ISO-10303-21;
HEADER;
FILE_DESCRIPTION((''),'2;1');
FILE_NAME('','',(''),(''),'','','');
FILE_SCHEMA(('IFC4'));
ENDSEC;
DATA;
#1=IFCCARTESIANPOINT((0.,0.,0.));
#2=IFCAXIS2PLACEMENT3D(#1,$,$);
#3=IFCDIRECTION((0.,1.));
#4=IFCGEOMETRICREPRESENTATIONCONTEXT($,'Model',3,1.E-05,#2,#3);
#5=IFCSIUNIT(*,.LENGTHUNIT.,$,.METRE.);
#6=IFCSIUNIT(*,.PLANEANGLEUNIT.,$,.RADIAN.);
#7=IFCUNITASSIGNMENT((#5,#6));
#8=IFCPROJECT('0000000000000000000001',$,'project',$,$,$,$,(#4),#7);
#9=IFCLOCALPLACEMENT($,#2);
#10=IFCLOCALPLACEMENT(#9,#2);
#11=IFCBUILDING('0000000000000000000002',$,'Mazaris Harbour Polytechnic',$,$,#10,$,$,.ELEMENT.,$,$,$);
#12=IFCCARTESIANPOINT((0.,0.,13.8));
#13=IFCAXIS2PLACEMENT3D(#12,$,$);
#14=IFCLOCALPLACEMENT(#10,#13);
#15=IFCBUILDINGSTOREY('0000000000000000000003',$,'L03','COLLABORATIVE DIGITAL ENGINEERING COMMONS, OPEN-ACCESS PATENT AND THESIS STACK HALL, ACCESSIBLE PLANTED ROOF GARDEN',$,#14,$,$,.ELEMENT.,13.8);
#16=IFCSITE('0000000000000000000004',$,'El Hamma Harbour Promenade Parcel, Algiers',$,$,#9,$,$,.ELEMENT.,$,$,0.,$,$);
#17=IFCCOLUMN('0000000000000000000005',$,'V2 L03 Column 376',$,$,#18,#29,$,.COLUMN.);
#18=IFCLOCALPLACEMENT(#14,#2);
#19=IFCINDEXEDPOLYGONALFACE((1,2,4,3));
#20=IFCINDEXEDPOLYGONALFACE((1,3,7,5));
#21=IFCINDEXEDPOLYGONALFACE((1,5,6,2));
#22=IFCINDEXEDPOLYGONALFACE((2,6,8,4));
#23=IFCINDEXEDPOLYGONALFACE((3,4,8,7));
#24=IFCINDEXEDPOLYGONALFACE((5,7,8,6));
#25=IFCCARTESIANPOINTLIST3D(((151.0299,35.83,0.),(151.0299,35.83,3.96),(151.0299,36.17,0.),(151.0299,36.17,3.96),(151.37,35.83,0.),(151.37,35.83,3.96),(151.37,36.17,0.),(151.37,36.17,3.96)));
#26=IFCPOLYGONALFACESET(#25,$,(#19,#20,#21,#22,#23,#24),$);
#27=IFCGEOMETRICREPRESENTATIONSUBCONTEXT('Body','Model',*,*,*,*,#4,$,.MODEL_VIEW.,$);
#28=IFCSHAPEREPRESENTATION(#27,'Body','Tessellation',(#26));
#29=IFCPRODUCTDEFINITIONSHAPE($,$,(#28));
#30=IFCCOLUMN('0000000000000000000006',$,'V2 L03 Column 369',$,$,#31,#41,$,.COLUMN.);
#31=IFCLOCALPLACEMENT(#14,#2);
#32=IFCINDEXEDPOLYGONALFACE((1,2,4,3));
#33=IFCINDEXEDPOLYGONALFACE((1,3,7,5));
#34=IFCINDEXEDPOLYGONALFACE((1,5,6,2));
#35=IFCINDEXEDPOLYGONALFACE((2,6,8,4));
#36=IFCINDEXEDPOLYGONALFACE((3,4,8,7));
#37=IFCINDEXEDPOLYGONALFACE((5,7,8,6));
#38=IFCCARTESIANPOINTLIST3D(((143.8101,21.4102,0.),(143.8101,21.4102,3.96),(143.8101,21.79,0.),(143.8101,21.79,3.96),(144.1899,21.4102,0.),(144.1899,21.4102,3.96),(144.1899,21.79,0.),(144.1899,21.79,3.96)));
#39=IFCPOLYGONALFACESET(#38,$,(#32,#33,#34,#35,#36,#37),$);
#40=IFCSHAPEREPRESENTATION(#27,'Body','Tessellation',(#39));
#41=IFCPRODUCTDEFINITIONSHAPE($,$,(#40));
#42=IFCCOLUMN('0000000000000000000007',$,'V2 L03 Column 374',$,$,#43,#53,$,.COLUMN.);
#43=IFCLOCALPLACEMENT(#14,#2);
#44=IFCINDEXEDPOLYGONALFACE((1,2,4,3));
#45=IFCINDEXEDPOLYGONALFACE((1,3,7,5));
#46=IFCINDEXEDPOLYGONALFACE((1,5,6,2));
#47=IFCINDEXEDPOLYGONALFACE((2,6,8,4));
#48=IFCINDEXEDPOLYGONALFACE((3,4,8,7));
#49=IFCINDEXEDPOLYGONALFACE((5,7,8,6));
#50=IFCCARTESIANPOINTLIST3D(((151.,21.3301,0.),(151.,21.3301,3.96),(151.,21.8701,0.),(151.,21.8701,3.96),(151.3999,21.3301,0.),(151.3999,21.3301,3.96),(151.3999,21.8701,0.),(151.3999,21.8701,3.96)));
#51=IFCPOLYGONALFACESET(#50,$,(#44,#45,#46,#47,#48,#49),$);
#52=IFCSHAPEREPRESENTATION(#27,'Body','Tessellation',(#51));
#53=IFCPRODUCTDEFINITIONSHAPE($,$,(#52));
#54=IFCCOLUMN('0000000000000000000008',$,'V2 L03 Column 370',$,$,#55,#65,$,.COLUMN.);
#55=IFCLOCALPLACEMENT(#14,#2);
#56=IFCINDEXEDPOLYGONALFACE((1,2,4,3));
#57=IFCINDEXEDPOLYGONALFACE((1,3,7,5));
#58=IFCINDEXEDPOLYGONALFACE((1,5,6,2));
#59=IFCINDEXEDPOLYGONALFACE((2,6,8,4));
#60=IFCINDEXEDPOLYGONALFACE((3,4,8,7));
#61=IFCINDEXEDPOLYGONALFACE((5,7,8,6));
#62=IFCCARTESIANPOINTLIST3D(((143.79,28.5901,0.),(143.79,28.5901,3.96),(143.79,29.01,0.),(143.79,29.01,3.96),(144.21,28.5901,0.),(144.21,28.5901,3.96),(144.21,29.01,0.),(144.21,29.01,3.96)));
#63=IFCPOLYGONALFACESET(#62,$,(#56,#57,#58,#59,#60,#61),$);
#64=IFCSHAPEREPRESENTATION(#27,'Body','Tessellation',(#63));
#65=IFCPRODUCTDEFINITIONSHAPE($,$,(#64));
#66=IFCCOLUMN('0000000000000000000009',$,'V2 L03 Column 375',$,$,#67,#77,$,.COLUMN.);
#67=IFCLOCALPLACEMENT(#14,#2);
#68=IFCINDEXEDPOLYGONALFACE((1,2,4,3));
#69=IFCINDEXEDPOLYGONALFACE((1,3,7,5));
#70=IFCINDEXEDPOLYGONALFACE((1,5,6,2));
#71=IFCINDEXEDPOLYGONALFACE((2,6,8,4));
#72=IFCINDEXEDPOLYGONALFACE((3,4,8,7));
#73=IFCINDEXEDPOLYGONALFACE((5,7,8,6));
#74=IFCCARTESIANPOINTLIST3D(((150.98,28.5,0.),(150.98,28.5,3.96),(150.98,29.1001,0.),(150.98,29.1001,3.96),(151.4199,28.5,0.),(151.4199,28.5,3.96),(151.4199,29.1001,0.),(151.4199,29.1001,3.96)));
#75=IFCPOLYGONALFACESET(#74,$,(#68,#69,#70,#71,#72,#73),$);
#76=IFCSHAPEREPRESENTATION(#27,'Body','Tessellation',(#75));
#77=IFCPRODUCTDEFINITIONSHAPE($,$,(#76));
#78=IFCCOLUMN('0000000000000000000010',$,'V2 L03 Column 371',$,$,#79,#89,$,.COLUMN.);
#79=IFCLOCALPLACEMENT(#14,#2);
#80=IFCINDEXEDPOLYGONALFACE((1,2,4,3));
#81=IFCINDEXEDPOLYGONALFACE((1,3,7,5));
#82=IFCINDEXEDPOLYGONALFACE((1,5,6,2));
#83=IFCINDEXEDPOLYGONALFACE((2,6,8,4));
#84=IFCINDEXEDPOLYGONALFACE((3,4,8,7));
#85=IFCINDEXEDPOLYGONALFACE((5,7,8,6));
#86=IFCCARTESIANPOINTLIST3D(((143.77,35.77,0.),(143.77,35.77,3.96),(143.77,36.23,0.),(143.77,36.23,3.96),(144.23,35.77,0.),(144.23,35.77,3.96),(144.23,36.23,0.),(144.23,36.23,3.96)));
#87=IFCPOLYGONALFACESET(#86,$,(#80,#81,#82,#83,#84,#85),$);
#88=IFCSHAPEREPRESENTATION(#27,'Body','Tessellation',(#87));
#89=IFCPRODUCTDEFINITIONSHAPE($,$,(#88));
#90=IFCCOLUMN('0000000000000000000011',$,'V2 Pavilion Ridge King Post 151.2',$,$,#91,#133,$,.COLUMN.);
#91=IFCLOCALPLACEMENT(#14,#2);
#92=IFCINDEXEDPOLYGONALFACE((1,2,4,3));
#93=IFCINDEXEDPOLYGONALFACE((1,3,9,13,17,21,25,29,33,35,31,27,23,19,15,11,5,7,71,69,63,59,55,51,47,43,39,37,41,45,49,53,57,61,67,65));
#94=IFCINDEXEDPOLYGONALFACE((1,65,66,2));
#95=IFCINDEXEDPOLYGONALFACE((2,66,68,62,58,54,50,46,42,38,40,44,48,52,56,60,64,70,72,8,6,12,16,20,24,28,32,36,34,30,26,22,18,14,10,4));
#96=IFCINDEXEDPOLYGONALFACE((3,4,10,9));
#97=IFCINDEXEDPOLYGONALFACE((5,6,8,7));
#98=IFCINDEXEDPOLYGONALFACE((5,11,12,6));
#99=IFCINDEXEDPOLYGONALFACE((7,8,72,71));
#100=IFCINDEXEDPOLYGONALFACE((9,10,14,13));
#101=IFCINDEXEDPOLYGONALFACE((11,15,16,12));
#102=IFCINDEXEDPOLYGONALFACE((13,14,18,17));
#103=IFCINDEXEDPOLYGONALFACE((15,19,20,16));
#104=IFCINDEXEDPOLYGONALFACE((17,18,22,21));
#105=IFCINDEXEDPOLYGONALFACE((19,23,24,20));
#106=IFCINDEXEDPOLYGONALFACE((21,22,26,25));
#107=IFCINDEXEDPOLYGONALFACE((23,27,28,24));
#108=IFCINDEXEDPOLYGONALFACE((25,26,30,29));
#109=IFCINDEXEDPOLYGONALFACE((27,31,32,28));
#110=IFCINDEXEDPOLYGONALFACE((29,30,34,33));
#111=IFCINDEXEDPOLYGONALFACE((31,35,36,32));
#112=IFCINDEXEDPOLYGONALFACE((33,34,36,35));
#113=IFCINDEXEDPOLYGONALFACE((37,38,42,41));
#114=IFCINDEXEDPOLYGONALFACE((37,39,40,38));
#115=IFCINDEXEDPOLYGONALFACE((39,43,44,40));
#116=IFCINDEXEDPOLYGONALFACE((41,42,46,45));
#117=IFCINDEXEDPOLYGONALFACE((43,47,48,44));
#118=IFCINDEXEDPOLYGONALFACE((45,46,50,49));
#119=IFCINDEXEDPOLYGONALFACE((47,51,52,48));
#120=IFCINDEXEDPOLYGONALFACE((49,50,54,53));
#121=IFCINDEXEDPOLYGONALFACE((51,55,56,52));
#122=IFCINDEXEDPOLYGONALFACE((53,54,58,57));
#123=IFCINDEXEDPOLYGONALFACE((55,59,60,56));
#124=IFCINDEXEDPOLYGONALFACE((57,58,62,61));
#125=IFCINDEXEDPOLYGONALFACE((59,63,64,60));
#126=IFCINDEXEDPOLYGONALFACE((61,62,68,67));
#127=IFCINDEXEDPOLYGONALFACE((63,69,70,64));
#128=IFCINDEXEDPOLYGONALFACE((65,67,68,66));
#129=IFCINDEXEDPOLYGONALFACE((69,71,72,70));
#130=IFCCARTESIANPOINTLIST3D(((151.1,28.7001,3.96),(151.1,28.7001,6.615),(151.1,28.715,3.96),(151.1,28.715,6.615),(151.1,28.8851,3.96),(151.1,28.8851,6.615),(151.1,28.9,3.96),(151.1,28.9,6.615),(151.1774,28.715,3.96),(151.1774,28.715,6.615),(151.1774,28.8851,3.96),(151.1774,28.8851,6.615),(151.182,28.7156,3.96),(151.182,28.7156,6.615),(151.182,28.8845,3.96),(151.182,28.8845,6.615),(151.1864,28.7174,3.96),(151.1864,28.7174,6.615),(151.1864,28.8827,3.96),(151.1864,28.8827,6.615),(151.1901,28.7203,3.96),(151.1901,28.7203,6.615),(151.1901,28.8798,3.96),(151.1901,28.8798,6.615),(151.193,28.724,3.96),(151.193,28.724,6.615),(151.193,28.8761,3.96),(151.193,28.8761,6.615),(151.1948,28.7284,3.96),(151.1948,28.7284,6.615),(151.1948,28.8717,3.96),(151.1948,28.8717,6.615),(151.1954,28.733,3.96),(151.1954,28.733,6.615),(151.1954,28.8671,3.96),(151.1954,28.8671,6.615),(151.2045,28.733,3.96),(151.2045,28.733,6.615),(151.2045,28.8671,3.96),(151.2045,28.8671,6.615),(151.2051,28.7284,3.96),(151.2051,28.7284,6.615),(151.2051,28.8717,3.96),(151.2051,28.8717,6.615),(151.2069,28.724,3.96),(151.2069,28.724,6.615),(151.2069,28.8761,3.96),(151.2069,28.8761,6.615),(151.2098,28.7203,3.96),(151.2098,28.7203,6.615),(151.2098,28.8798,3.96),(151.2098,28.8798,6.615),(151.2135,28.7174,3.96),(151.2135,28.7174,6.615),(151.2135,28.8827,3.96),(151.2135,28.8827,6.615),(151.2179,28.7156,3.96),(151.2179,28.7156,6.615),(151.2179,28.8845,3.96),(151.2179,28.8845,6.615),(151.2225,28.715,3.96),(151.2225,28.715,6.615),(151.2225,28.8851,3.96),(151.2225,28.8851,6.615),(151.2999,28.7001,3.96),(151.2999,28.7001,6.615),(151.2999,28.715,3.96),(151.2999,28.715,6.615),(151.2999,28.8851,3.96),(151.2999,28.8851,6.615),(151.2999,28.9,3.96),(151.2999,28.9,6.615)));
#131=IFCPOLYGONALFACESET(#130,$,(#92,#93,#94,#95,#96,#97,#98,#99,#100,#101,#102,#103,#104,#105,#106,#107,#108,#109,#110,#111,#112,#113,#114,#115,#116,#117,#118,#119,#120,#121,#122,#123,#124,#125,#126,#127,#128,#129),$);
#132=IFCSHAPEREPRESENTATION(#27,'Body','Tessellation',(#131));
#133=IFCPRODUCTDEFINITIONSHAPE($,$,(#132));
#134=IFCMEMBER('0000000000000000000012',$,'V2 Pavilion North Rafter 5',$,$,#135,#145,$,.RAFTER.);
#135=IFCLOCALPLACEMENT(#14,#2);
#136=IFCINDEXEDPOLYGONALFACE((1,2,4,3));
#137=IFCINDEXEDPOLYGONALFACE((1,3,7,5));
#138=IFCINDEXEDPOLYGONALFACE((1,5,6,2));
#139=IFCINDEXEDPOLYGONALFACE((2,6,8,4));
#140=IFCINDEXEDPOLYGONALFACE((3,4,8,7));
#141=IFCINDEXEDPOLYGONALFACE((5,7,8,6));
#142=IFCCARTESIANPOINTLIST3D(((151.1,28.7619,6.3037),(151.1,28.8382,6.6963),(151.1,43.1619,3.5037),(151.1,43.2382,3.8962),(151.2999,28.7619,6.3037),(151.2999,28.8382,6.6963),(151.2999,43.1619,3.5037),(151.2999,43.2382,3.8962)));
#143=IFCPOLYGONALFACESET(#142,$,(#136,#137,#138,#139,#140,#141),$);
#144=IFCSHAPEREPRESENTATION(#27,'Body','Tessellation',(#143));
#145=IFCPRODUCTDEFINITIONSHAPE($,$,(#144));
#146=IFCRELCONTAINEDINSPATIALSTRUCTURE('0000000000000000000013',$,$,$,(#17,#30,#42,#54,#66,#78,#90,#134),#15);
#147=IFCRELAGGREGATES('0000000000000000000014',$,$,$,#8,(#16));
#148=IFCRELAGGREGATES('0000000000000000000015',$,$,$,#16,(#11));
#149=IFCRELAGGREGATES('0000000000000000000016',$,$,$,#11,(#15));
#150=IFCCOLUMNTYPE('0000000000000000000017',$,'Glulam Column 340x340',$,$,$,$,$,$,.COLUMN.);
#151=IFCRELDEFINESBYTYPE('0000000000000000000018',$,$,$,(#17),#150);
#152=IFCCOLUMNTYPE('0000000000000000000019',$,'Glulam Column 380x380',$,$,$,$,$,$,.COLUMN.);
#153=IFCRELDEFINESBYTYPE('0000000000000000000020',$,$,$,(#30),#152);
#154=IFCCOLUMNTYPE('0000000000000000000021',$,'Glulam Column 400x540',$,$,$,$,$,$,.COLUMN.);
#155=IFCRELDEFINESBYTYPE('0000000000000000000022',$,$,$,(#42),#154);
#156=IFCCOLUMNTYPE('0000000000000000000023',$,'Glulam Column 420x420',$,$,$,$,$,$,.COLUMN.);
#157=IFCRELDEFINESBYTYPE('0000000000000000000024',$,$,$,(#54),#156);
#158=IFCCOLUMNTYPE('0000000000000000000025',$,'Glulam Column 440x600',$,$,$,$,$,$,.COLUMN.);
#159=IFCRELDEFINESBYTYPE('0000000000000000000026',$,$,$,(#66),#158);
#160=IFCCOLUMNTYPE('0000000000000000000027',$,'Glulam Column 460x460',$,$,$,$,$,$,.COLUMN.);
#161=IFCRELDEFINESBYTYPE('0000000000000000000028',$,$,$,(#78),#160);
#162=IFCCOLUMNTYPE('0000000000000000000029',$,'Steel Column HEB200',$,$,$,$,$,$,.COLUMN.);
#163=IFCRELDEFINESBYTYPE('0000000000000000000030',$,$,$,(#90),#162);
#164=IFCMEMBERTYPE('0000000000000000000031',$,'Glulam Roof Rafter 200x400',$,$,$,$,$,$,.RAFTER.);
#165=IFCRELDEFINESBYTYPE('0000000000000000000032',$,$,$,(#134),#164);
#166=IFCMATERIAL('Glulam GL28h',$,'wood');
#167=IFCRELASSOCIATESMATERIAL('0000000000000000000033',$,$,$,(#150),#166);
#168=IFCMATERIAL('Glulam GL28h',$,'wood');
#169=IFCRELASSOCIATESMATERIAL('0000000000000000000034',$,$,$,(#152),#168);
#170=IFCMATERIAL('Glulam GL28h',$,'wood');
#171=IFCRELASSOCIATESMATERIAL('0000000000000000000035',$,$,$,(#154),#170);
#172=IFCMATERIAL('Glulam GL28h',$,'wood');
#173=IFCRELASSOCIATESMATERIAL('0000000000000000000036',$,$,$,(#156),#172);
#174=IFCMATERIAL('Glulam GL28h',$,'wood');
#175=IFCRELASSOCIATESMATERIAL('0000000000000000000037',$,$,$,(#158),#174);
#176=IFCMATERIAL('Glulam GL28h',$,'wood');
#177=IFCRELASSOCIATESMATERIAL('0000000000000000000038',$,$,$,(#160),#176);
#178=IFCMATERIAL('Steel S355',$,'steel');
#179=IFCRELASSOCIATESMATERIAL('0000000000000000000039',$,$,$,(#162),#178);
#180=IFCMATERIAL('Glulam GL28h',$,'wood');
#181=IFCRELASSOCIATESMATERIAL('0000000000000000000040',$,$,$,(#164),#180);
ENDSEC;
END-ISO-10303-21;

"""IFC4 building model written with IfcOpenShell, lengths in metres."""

from ifc_helpers import new_model, si_unit, direction, frame, origin, origin_2d, place, context, subcontext, project, spatial, rectangle, i_section, extrude, material, material_profile, profile_set, type_object, element, save


model = new_model("IFC4")

# Units and contexts
model_context = context("Model", 3, precision=1e-05, world=origin(), true_north=direction((0.0, 1.0)))
body_context = subcontext(model_context, "Body", "Model", "MODEL_VIEW")
ifc_project = project(units=[si_unit("LENGTHUNIT", "METRE"), si_unit("PLANEANGLEUNIT", "RADIAN")], contexts=[model_context])

# Site, building, storey
site_placement = place(None, origin())
site = spatial("IfcSite", under=ifc_project, at=site_placement, Name="El Hamma Harbour Promenade Parcel, Algiers", CompositionType="ELEMENT", RefElevation=0.0)
building_placement = place(site_placement, origin())
building = spatial("IfcBuilding", under=site, at=building_placement, Name="Mazaris Harbour Polytechnic", CompositionType="ELEMENT")
storey_placement = place(building_placement, frame((0.0, 0.0, 13.8)))
storey = spatial("IfcBuildingStorey", under=building, at=storey_placement, Name="L03", Description="COLLABORATIVE DIGITAL ENGINEERING COMMONS, OPEN-ACCESS PATENT AND THESIS STACK HALL, ACCESSIBLE PLANTED ROOF GARDEN", CompositionType="ELEMENT", Elevation=13.8)

# Columns
ifc_material_1 = material(Name="Glulam GL28h", Category="wood")
ifc_material_profile_1 = material_profile(ifc_material_1, rectangle(XDim=0.3401, YDim=0.3401, at=origin_2d()), Name="RECT340x340")
ifc_profile_set_1 = profile_set([ifc_material_profile_1], Name="Glulam GL28h")
column_type_1 = type_object("IfcColumnType", Name="Glulam Column 340x340", PredefinedType="COLUMN", material=ifc_profile_set_1)
column_1_placement = place(storey_placement, frame((151.2, 36.0, 0.0), z_axis=(0.0, 0.0, 1.0), x_axis=(1.0, 0.0, 0.0)))
element("IfcColumn", 1, at=column_1_placement, inside=storey, type_object=column_type_1, Name="V2 L03 Column 376", PredefinedType="COLUMN", context=body_context, shape_type="SweptSolid", body=[
    extrude(rectangle(XDim=0.3401, YDim=0.3401, at=origin_2d()), origin(), (0.0, 0.0, 1.0), 3.96),
])
ifc_material_2 = material(Name="Glulam GL28h", Category="wood")
ifc_material_profile_2 = material_profile(ifc_material_2, rectangle(XDim=0.3799, YDim=0.3799, at=origin_2d()), Name="RECT380x380")
ifc_profile_set_2 = profile_set([ifc_material_profile_2], Name="Glulam GL28h")
column_type_2 = type_object("IfcColumnType", Name="Glulam Column 380x380", PredefinedType="COLUMN", material=ifc_profile_set_2)
column_2_placement = place(storey_placement, frame((144.0, 21.6001, 0.0), z_axis=(0.0, 0.0, 1.0), x_axis=(1.0, 0.0, 0.0)))
element("IfcColumn", 2, at=column_2_placement, inside=storey, type_object=column_type_2, Name="V2 L03 Column 369", PredefinedType="COLUMN", context=body_context, shape_type="SweptSolid", body=[
    extrude(rectangle(XDim=0.3799, YDim=0.3799, at=origin_2d()), origin(), (0.0, 0.0, 1.0), 3.96),
])
ifc_material_3 = material(Name="Glulam GL28h", Category="wood")
ifc_material_profile_3 = material_profile(ifc_material_3, rectangle(XDim=0.3999, YDim=0.54, at=origin_2d()), Name="RECT400x540")
ifc_profile_set_3 = profile_set([ifc_material_profile_3], Name="Glulam GL28h")
column_type_3 = type_object("IfcColumnType", Name="Glulam Column 400x540", PredefinedType="COLUMN", material=ifc_profile_set_3)
column_3_placement = place(storey_placement, frame((151.2, 21.6001, 0.0), z_axis=(0.0, 0.0, 1.0), x_axis=(1.0, 0.0, 0.0)))
element("IfcColumn", 3, at=column_3_placement, inside=storey, type_object=column_type_3, Name="V2 L03 Column 374", PredefinedType="COLUMN", context=body_context, shape_type="SweptSolid", body=[
    extrude(rectangle(XDim=0.3999, YDim=0.54, at=origin_2d()), origin(), (0.0, 0.0, 1.0), 3.96),
])
ifc_material_4 = material(Name="Glulam GL28h", Category="wood")
ifc_material_profile_4 = material_profile(ifc_material_4, rectangle(XDim=0.4199, YDim=0.4199, at=origin_2d()), Name="RECT420x420")
ifc_profile_set_4 = profile_set([ifc_material_profile_4], Name="Glulam GL28h")
column_type_4 = type_object("IfcColumnType", Name="Glulam Column 420x420", PredefinedType="COLUMN", material=ifc_profile_set_4)
column_4_placement = place(storey_placement, frame((144.0, 28.8, 0.0), z_axis=(0.0, 0.0, 1.0), x_axis=(1.0, 0.0, 0.0)))
element("IfcColumn", 4, at=column_4_placement, inside=storey, type_object=column_type_4, Name="V2 L03 Column 370", PredefinedType="COLUMN", context=body_context, shape_type="SweptSolid", body=[
    extrude(rectangle(XDim=0.4199, YDim=0.4199, at=origin_2d()), origin(), (0.0, 0.0, 1.0), 3.96),
])
ifc_material_5 = material(Name="Glulam GL28h", Category="wood")
ifc_material_profile_5 = material_profile(ifc_material_5, rectangle(XDim=0.4399, YDim=0.6001, at=origin_2d()), Name="RECT440x600")
ifc_profile_set_5 = profile_set([ifc_material_profile_5], Name="Glulam GL28h")
column_type_5 = type_object("IfcColumnType", Name="Glulam Column 440x600", PredefinedType="COLUMN", material=ifc_profile_set_5)
column_5_placement = place(storey_placement, frame((151.2, 28.8, 0.0), z_axis=(0.0, 0.0, 1.0), x_axis=(1.0, 0.0, 0.0)))
element("IfcColumn", 5, at=column_5_placement, inside=storey, type_object=column_type_5, Name="V2 L03 Column 375", PredefinedType="COLUMN", context=body_context, shape_type="SweptSolid", body=[
    extrude(rectangle(XDim=0.4399, YDim=0.6001, at=origin_2d()), origin(), (0.0, 0.0, 1.0), 3.96),
])
ifc_material_6 = material(Name="Glulam GL28h", Category="wood")
ifc_material_profile_6 = material_profile(ifc_material_6, rectangle(XDim=0.46, YDim=0.46, at=origin_2d()), Name="RECT460x460")
ifc_profile_set_6 = profile_set([ifc_material_profile_6], Name="Glulam GL28h")
column_type_6 = type_object("IfcColumnType", Name="Glulam Column 460x460", PredefinedType="COLUMN", material=ifc_profile_set_6)
column_6_placement = place(storey_placement, frame((144.0, 36.0, 0.0), z_axis=(0.0, 0.0, 1.0), x_axis=(1.0, 0.0, 0.0)))
element("IfcColumn", 6, at=column_6_placement, inside=storey, type_object=column_type_6, Name="V2 L03 Column 371", PredefinedType="COLUMN", context=body_context, shape_type="SweptSolid", body=[
    extrude(rectangle(XDim=0.46, YDim=0.46, at=origin_2d()), origin(), (0.0, 0.0, 1.0), 3.96),
])
ifc_material_7 = material(Name="Steel S355", Category="steel")
ifc_material_profile_7 = material_profile(ifc_material_7, i_section(OverallWidth=0.2, OverallDepth=0.2, WebThickness=0.009, FlangeThickness=0.0149, FilletRadius=0.0181, at=origin_2d()), Name="HEB 200")
ifc_profile_set_7 = profile_set([ifc_material_profile_7], Name="Steel S355")
column_type_7 = type_object("IfcColumnType", Name="Steel Column HEB200", PredefinedType="COLUMN", material=ifc_profile_set_7)
column_7_placement = place(storey_placement, frame((151.2, 28.8, 3.96), z_axis=(0.0, 0.0, 1.0), x_axis=(1.0, 0.0, 0.0)))
element("IfcColumn", 7, at=column_7_placement, inside=storey, type_object=column_type_7, Name="V2 Pavilion Ridge King Post 151.2", PredefinedType="COLUMN", context=body_context, shape_type="SweptSolid", body=[
    extrude(i_section(OverallWidth=0.2, OverallDepth=0.2, WebThickness=0.009, FlangeThickness=0.0149, FilletRadius=0.0181, at=origin_2d()), origin(), (0.0, 0.0, 1.0), 2.655),
])

# Member
ifc_material_8 = material(Name="Glulam GL28h", Category="wood")
ifc_material_profile_8 = material_profile(ifc_material_8, rectangle(XDim=0.2, YDim=0.3999, at=origin_2d()), Name="RECT200x400")
ifc_profile_set_8 = profile_set([ifc_material_profile_8], Name="Glulam GL28h")
member_type_1 = type_object("IfcMemberType", Name="Glulam Roof Rafter 200x400", PredefinedType="RAFTER", material=ifc_profile_set_8)
member_1_placement = place(storey_placement, frame((151.2, 28.8, 6.5), z_axis=(0.0, 0.981615, -0.190874), x_axis=(-1.0, 0.0, 0.0)))
element("IfcMember", 8, at=member_1_placement, inside=storey, type_object=member_type_1, Name="V2 Pavilion North Rafter 5", PredefinedType="RAFTER", context=body_context, shape_type="SweptSolid", body=[
    extrude(rectangle(XDim=0.2, YDim=0.3999, at=origin_2d()), origin(), (0.0, 0.0, 1.0), 14.6697),
])

save(model, "model.ifc")
